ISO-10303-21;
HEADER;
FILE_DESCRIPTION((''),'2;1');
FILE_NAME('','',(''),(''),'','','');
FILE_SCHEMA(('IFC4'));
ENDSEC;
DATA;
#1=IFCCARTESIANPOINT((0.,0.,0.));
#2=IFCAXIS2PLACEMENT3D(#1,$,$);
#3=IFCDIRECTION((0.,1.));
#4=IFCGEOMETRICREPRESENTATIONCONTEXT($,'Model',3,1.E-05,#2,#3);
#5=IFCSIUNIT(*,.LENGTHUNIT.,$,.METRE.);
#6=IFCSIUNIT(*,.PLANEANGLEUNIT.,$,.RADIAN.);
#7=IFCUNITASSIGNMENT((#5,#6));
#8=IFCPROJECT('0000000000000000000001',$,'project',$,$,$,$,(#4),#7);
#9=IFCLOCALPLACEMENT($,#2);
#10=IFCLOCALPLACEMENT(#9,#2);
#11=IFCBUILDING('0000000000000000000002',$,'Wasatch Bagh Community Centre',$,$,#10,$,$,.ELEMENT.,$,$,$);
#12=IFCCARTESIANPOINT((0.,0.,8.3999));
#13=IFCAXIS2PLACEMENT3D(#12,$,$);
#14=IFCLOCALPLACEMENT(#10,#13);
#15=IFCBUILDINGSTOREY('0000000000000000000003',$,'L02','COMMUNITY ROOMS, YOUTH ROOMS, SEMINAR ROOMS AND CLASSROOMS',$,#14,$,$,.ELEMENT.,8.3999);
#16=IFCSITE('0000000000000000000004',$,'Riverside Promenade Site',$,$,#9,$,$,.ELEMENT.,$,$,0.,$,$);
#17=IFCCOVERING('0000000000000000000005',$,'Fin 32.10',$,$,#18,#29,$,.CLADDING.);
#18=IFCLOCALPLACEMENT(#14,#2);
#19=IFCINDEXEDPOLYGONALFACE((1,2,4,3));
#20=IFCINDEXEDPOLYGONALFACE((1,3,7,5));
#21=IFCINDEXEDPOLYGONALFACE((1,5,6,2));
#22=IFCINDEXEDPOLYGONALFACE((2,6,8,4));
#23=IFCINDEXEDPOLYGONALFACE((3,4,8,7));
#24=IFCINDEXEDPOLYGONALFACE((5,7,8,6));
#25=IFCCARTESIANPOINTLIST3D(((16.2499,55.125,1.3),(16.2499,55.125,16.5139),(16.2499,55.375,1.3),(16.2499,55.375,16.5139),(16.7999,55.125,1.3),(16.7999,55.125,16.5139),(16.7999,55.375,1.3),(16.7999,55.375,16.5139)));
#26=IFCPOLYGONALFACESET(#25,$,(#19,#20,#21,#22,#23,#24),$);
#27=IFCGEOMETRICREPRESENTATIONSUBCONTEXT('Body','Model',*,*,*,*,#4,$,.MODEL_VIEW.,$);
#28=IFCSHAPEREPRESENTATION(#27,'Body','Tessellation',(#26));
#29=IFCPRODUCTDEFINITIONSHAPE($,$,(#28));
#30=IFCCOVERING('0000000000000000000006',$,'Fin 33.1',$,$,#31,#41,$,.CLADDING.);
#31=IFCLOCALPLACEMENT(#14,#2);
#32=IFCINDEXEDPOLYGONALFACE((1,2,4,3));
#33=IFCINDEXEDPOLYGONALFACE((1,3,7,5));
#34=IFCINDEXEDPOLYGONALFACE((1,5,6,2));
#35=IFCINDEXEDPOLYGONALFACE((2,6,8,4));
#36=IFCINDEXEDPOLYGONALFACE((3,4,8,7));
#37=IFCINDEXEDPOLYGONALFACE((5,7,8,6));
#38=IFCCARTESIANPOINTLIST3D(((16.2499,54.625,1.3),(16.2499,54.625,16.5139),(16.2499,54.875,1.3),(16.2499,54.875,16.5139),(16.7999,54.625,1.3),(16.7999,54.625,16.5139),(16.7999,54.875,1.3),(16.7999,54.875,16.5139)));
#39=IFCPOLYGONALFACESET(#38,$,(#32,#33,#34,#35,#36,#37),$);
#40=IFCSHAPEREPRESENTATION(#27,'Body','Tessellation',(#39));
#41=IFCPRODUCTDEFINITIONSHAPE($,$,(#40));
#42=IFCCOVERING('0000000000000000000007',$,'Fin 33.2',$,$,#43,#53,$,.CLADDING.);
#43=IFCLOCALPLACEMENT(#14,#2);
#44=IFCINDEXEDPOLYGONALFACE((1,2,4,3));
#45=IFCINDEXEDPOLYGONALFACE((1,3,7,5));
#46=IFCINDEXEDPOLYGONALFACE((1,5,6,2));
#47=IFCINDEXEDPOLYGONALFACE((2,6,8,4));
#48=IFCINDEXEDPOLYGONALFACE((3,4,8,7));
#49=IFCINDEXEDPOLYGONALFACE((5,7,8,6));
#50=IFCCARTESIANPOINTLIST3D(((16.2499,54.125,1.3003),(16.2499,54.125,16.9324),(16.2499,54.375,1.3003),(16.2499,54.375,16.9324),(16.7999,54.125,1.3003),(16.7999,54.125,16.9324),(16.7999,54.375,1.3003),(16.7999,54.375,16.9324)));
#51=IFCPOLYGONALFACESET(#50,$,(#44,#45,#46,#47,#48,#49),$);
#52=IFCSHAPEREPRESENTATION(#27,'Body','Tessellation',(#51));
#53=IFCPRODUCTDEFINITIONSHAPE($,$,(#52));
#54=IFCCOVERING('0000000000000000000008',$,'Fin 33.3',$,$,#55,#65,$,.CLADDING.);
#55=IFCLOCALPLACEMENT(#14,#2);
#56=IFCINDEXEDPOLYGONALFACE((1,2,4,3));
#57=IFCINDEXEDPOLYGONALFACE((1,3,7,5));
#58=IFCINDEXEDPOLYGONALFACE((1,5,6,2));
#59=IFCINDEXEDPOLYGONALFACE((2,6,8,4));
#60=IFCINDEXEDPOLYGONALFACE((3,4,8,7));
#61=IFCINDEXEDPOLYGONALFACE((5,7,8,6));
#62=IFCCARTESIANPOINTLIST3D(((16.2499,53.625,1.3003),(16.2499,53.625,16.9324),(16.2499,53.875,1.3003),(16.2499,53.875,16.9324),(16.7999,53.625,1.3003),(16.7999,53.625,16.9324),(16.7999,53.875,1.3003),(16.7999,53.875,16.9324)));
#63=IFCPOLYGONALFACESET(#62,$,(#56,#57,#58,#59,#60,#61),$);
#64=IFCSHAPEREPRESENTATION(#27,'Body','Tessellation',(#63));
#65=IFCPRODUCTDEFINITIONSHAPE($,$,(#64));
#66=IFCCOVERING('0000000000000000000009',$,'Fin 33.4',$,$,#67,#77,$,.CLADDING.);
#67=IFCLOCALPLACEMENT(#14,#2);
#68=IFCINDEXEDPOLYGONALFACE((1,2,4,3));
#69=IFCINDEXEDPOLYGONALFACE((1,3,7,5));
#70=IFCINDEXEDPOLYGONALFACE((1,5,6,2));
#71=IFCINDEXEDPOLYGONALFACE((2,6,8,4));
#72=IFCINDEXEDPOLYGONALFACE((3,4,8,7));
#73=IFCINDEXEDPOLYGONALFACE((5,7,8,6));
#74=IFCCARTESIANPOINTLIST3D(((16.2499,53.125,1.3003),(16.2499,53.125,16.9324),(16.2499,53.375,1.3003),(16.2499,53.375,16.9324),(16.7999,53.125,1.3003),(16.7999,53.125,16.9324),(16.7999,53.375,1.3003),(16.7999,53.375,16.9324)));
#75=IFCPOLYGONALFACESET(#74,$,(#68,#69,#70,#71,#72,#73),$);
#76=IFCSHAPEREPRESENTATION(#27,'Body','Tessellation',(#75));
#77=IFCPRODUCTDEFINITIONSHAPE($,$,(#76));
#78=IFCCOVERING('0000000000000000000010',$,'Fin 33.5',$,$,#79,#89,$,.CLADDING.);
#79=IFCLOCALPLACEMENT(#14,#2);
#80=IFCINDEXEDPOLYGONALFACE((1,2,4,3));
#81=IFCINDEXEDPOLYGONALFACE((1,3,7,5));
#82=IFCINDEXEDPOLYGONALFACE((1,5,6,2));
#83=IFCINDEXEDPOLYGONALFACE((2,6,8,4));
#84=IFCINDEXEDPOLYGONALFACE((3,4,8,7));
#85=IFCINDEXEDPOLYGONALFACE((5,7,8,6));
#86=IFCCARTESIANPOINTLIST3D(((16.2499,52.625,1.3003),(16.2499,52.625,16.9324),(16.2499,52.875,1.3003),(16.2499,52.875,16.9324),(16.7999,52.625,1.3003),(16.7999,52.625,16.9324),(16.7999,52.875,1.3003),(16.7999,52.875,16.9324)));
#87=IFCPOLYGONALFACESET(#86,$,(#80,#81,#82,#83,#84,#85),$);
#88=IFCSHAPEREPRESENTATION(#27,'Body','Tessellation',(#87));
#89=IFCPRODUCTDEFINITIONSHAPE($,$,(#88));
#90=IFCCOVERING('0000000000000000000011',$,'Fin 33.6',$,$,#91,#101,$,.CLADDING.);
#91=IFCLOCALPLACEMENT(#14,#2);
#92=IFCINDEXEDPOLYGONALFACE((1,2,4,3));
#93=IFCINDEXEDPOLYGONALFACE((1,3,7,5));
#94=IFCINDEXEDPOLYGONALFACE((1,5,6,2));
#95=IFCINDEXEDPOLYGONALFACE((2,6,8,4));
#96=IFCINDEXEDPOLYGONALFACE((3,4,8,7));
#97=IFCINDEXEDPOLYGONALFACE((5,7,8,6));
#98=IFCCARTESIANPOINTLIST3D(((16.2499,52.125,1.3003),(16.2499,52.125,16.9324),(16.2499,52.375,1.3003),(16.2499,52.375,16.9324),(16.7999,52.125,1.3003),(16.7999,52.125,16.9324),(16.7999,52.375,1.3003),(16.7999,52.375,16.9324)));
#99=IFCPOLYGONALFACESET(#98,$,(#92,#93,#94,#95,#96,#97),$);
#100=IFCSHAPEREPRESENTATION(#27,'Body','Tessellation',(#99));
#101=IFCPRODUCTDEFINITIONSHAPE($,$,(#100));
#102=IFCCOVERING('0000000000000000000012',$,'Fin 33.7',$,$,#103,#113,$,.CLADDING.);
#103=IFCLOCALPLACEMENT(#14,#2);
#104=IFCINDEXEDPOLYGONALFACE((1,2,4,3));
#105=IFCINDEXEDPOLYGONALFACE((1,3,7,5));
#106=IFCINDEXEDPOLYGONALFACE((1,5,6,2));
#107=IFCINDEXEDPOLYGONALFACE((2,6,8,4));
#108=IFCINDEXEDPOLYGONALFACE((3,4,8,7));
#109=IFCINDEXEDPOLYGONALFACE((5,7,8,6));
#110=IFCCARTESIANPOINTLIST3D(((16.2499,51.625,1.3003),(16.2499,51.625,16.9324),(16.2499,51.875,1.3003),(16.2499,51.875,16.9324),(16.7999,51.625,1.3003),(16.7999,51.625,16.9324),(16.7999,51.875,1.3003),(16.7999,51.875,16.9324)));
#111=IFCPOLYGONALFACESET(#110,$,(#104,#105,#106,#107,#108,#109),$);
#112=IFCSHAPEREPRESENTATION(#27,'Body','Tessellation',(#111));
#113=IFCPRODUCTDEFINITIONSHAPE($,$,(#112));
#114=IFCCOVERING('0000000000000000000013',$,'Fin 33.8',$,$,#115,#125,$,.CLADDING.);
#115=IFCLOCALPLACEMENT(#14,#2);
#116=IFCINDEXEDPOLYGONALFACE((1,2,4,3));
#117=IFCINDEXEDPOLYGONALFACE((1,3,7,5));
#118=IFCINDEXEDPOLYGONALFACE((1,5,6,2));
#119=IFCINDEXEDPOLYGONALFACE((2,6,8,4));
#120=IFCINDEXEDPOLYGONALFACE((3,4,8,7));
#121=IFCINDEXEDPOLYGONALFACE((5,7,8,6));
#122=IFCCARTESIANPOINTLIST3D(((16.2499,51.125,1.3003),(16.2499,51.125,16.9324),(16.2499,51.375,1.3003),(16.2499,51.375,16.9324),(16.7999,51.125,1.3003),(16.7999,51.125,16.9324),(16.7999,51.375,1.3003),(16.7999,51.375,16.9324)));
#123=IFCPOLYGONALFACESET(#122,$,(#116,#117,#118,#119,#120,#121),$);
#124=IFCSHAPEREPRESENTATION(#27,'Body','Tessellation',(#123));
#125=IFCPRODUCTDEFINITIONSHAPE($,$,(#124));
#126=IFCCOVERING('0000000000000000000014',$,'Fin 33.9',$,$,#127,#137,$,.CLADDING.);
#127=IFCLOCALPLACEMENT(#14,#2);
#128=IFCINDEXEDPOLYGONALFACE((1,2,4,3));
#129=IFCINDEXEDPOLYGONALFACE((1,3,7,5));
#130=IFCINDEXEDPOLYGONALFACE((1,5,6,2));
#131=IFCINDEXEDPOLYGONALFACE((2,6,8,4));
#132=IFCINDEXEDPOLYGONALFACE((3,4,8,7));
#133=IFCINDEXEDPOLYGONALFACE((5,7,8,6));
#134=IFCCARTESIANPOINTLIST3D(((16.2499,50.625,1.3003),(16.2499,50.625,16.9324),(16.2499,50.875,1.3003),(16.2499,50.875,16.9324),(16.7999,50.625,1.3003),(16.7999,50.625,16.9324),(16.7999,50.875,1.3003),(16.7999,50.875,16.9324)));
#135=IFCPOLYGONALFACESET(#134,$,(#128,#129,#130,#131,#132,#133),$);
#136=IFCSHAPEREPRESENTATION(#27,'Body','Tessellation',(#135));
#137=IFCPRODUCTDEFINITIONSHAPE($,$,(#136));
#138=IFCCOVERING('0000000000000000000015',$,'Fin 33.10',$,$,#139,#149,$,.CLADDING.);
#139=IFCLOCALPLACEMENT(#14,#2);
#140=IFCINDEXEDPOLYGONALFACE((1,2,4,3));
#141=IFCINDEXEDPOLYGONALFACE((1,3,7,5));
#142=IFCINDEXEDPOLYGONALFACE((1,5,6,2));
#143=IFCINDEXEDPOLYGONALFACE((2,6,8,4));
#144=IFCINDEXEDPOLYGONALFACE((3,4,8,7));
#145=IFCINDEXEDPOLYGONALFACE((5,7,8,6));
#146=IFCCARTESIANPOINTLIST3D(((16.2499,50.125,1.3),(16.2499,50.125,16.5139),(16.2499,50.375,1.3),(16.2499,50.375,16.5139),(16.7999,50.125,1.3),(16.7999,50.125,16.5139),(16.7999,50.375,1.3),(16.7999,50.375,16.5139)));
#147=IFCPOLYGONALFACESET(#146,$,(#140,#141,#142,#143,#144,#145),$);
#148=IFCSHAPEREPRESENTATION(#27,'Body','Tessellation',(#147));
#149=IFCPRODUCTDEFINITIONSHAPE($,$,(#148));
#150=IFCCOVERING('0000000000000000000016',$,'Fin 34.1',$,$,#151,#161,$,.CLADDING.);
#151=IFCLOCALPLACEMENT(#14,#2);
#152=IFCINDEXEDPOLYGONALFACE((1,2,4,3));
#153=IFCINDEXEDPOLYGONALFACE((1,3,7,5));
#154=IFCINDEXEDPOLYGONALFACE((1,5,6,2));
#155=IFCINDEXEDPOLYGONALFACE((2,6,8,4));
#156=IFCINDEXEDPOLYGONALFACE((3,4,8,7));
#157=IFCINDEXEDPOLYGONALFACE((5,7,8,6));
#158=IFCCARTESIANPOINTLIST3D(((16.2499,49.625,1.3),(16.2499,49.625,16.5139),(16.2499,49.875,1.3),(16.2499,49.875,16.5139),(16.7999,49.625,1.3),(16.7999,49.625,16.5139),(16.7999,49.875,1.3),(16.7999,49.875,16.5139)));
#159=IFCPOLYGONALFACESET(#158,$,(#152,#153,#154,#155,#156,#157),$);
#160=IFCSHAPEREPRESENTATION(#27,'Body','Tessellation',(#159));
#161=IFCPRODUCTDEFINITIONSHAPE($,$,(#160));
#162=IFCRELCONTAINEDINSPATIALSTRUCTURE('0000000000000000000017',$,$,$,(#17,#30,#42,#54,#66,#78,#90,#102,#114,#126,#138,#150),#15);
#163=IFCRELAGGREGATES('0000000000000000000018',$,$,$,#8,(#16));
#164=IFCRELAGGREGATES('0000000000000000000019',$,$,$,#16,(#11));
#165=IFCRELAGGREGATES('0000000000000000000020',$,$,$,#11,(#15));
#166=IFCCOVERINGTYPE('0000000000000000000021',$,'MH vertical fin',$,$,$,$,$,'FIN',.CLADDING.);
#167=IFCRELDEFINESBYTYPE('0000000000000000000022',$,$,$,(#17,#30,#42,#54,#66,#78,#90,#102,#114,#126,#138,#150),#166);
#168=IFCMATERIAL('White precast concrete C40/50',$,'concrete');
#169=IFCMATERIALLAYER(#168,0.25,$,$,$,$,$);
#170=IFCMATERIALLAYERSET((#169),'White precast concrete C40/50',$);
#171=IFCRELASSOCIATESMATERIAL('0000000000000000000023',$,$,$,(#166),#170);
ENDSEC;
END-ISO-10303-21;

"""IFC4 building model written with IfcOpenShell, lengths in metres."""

from ifc_helpers import new_model, si_unit, direction, frame, origin, origin_2d, place, context, subcontext, project, spatial, rectangle, extrude, material, layer, layer_set, type_object, element, save


model = new_model("IFC4")

# Units and contexts
model_context = context("Model", 3, precision=1e-05, world=origin(), true_north=direction((0.0, 1.0)))
body_context = subcontext(model_context, "Body", "Model", "MODEL_VIEW")
ifc_project = project(units=[si_unit("LENGTHUNIT", "METRE"), si_unit("PLANEANGLEUNIT", "RADIAN")], contexts=[model_context])

# Site, building, storey
site_placement = place(None, origin())
site = spatial("IfcSite", under=ifc_project, at=site_placement, Name="Riverside Promenade Site", CompositionType="ELEMENT", RefElevation=0.0)
building_placement = place(site_placement, origin())
building = spatial("IfcBuilding", under=site, at=building_placement, Name="Wasatch Bagh Community Centre", CompositionType="ELEMENT")
storey_placement = place(building_placement, frame((0.0, 0.0, 8.3999)))
storey = spatial("IfcBuildingStorey", under=building, at=storey_placement, Name="L02", Description="COMMUNITY ROOMS, YOUTH ROOMS, SEMINAR ROOMS AND CLASSROOMS", CompositionType="ELEMENT", Elevation=8.3999)

# Coverings
ifc_material_1 = material(Name="White precast concrete C40/50", Category="concrete")
ifc_layer_1 = layer(ifc_material_1, 0.25)
ifc_layer_set_1 = layer_set([ifc_layer_1], Name="White precast concrete C40/50")
covering_type = type_object("IfcCoveringType", Name="MH vertical fin", ElementType="FIN", PredefinedType="CLADDING", material=ifc_layer_set_1)
for number, where, z_axis, x_axis, name in (
    (1, (16.5249, 55.25, 1.3), (0.0, 0.0, 1.0), (0.0, -1.0, 0.0), "Fin 32.10"),
    (2, (16.5249, 54.75, 1.3), (0.0, 0.0, 1.0), (0.0, -1.0, 0.0), "Fin 33.1"),
):
    element("IfcCovering", number, at=place(storey_placement, frame(where, z_axis=z_axis, x_axis=x_axis)), inside=storey, type_object=covering_type, Name=name, PredefinedType="CLADDING", context=body_context, shape_type="SweptSolid", body=[
        extrude(rectangle(XDim=0.25, YDim=0.55, at=origin_2d()), origin(), (0.0, 0.0, 1.0), 15.2139),
    ])
for number, where, z_axis, x_axis, name in (
    (3, (16.5249, 54.25, 1.3003), (0.0, 0.0, 1.0), (0.0, -1.0, 0.0), "Fin 33.2"),
    (4, (16.5249, 53.75, 1.3003), (0.0, 0.0, 1.0), (0.0, -1.0, 0.0), "Fin 33.3"),
    (5, (16.5249, 53.25, 1.3003), (0.0, 0.0, 1.0), (0.0, -1.0, 0.0), "Fin 33.4"),
    (6, (16.5249, 52.75, 1.3003), (0.0, 0.0, 1.0), (0.0, -1.0, 0.0), "Fin 33.5"),
    (7, (16.5249, 52.25, 1.3003), (0.0, 0.0, 1.0), (0.0, -1.0, 0.0), "Fin 33.6"),
    (8, (16.5249, 51.75, 1.3003), (0.0, 0.0, 1.0), (0.0, -1.0, 0.0), "Fin 33.7"),
    (9, (16.5249, 51.25, 1.3003), (0.0, 0.0, 1.0), (0.0, -1.0, 0.0), "Fin 33.8"),
    (10, (16.5249, 50.75, 1.3003), (0.0, 0.0, 1.0), (0.0, -1.0, 0.0), "Fin 33.9"),
):
    element("IfcCovering", number, at=place(storey_placement, frame(where, z_axis=z_axis, x_axis=x_axis)), inside=storey, type_object=covering_type, Name=name, PredefinedType="CLADDING", context=body_context, shape_type="SweptSolid", body=[
        extrude(rectangle(XDim=0.25, YDim=0.55, at=origin_2d()), origin(), (0.0, 0.0, 1.0), 15.6321),
    ])
for number, where, z_axis, x_axis, name in (
    (11, (16.5249, 50.25, 1.3), (0.0, 0.0, 1.0), (0.0, -1.0, 0.0), "Fin 33.10"),
    (12, (16.5249, 49.75, 1.3), (0.0, 0.0, 1.0), (0.0, -1.0, 0.0), "Fin 34.1"),
):
    element("IfcCovering", number, at=place(storey_placement, frame(where, z_axis=z_axis, x_axis=x_axis)), inside=storey, type_object=covering_type, Name=name, PredefinedType="CLADDING", context=body_context, shape_type="SweptSolid", body=[
        extrude(rectangle(XDim=0.25, YDim=0.55, at=origin_2d()), origin(), (0.0, 0.0, 1.0), 15.2139),
    ])

save(model, "model.ifc")
